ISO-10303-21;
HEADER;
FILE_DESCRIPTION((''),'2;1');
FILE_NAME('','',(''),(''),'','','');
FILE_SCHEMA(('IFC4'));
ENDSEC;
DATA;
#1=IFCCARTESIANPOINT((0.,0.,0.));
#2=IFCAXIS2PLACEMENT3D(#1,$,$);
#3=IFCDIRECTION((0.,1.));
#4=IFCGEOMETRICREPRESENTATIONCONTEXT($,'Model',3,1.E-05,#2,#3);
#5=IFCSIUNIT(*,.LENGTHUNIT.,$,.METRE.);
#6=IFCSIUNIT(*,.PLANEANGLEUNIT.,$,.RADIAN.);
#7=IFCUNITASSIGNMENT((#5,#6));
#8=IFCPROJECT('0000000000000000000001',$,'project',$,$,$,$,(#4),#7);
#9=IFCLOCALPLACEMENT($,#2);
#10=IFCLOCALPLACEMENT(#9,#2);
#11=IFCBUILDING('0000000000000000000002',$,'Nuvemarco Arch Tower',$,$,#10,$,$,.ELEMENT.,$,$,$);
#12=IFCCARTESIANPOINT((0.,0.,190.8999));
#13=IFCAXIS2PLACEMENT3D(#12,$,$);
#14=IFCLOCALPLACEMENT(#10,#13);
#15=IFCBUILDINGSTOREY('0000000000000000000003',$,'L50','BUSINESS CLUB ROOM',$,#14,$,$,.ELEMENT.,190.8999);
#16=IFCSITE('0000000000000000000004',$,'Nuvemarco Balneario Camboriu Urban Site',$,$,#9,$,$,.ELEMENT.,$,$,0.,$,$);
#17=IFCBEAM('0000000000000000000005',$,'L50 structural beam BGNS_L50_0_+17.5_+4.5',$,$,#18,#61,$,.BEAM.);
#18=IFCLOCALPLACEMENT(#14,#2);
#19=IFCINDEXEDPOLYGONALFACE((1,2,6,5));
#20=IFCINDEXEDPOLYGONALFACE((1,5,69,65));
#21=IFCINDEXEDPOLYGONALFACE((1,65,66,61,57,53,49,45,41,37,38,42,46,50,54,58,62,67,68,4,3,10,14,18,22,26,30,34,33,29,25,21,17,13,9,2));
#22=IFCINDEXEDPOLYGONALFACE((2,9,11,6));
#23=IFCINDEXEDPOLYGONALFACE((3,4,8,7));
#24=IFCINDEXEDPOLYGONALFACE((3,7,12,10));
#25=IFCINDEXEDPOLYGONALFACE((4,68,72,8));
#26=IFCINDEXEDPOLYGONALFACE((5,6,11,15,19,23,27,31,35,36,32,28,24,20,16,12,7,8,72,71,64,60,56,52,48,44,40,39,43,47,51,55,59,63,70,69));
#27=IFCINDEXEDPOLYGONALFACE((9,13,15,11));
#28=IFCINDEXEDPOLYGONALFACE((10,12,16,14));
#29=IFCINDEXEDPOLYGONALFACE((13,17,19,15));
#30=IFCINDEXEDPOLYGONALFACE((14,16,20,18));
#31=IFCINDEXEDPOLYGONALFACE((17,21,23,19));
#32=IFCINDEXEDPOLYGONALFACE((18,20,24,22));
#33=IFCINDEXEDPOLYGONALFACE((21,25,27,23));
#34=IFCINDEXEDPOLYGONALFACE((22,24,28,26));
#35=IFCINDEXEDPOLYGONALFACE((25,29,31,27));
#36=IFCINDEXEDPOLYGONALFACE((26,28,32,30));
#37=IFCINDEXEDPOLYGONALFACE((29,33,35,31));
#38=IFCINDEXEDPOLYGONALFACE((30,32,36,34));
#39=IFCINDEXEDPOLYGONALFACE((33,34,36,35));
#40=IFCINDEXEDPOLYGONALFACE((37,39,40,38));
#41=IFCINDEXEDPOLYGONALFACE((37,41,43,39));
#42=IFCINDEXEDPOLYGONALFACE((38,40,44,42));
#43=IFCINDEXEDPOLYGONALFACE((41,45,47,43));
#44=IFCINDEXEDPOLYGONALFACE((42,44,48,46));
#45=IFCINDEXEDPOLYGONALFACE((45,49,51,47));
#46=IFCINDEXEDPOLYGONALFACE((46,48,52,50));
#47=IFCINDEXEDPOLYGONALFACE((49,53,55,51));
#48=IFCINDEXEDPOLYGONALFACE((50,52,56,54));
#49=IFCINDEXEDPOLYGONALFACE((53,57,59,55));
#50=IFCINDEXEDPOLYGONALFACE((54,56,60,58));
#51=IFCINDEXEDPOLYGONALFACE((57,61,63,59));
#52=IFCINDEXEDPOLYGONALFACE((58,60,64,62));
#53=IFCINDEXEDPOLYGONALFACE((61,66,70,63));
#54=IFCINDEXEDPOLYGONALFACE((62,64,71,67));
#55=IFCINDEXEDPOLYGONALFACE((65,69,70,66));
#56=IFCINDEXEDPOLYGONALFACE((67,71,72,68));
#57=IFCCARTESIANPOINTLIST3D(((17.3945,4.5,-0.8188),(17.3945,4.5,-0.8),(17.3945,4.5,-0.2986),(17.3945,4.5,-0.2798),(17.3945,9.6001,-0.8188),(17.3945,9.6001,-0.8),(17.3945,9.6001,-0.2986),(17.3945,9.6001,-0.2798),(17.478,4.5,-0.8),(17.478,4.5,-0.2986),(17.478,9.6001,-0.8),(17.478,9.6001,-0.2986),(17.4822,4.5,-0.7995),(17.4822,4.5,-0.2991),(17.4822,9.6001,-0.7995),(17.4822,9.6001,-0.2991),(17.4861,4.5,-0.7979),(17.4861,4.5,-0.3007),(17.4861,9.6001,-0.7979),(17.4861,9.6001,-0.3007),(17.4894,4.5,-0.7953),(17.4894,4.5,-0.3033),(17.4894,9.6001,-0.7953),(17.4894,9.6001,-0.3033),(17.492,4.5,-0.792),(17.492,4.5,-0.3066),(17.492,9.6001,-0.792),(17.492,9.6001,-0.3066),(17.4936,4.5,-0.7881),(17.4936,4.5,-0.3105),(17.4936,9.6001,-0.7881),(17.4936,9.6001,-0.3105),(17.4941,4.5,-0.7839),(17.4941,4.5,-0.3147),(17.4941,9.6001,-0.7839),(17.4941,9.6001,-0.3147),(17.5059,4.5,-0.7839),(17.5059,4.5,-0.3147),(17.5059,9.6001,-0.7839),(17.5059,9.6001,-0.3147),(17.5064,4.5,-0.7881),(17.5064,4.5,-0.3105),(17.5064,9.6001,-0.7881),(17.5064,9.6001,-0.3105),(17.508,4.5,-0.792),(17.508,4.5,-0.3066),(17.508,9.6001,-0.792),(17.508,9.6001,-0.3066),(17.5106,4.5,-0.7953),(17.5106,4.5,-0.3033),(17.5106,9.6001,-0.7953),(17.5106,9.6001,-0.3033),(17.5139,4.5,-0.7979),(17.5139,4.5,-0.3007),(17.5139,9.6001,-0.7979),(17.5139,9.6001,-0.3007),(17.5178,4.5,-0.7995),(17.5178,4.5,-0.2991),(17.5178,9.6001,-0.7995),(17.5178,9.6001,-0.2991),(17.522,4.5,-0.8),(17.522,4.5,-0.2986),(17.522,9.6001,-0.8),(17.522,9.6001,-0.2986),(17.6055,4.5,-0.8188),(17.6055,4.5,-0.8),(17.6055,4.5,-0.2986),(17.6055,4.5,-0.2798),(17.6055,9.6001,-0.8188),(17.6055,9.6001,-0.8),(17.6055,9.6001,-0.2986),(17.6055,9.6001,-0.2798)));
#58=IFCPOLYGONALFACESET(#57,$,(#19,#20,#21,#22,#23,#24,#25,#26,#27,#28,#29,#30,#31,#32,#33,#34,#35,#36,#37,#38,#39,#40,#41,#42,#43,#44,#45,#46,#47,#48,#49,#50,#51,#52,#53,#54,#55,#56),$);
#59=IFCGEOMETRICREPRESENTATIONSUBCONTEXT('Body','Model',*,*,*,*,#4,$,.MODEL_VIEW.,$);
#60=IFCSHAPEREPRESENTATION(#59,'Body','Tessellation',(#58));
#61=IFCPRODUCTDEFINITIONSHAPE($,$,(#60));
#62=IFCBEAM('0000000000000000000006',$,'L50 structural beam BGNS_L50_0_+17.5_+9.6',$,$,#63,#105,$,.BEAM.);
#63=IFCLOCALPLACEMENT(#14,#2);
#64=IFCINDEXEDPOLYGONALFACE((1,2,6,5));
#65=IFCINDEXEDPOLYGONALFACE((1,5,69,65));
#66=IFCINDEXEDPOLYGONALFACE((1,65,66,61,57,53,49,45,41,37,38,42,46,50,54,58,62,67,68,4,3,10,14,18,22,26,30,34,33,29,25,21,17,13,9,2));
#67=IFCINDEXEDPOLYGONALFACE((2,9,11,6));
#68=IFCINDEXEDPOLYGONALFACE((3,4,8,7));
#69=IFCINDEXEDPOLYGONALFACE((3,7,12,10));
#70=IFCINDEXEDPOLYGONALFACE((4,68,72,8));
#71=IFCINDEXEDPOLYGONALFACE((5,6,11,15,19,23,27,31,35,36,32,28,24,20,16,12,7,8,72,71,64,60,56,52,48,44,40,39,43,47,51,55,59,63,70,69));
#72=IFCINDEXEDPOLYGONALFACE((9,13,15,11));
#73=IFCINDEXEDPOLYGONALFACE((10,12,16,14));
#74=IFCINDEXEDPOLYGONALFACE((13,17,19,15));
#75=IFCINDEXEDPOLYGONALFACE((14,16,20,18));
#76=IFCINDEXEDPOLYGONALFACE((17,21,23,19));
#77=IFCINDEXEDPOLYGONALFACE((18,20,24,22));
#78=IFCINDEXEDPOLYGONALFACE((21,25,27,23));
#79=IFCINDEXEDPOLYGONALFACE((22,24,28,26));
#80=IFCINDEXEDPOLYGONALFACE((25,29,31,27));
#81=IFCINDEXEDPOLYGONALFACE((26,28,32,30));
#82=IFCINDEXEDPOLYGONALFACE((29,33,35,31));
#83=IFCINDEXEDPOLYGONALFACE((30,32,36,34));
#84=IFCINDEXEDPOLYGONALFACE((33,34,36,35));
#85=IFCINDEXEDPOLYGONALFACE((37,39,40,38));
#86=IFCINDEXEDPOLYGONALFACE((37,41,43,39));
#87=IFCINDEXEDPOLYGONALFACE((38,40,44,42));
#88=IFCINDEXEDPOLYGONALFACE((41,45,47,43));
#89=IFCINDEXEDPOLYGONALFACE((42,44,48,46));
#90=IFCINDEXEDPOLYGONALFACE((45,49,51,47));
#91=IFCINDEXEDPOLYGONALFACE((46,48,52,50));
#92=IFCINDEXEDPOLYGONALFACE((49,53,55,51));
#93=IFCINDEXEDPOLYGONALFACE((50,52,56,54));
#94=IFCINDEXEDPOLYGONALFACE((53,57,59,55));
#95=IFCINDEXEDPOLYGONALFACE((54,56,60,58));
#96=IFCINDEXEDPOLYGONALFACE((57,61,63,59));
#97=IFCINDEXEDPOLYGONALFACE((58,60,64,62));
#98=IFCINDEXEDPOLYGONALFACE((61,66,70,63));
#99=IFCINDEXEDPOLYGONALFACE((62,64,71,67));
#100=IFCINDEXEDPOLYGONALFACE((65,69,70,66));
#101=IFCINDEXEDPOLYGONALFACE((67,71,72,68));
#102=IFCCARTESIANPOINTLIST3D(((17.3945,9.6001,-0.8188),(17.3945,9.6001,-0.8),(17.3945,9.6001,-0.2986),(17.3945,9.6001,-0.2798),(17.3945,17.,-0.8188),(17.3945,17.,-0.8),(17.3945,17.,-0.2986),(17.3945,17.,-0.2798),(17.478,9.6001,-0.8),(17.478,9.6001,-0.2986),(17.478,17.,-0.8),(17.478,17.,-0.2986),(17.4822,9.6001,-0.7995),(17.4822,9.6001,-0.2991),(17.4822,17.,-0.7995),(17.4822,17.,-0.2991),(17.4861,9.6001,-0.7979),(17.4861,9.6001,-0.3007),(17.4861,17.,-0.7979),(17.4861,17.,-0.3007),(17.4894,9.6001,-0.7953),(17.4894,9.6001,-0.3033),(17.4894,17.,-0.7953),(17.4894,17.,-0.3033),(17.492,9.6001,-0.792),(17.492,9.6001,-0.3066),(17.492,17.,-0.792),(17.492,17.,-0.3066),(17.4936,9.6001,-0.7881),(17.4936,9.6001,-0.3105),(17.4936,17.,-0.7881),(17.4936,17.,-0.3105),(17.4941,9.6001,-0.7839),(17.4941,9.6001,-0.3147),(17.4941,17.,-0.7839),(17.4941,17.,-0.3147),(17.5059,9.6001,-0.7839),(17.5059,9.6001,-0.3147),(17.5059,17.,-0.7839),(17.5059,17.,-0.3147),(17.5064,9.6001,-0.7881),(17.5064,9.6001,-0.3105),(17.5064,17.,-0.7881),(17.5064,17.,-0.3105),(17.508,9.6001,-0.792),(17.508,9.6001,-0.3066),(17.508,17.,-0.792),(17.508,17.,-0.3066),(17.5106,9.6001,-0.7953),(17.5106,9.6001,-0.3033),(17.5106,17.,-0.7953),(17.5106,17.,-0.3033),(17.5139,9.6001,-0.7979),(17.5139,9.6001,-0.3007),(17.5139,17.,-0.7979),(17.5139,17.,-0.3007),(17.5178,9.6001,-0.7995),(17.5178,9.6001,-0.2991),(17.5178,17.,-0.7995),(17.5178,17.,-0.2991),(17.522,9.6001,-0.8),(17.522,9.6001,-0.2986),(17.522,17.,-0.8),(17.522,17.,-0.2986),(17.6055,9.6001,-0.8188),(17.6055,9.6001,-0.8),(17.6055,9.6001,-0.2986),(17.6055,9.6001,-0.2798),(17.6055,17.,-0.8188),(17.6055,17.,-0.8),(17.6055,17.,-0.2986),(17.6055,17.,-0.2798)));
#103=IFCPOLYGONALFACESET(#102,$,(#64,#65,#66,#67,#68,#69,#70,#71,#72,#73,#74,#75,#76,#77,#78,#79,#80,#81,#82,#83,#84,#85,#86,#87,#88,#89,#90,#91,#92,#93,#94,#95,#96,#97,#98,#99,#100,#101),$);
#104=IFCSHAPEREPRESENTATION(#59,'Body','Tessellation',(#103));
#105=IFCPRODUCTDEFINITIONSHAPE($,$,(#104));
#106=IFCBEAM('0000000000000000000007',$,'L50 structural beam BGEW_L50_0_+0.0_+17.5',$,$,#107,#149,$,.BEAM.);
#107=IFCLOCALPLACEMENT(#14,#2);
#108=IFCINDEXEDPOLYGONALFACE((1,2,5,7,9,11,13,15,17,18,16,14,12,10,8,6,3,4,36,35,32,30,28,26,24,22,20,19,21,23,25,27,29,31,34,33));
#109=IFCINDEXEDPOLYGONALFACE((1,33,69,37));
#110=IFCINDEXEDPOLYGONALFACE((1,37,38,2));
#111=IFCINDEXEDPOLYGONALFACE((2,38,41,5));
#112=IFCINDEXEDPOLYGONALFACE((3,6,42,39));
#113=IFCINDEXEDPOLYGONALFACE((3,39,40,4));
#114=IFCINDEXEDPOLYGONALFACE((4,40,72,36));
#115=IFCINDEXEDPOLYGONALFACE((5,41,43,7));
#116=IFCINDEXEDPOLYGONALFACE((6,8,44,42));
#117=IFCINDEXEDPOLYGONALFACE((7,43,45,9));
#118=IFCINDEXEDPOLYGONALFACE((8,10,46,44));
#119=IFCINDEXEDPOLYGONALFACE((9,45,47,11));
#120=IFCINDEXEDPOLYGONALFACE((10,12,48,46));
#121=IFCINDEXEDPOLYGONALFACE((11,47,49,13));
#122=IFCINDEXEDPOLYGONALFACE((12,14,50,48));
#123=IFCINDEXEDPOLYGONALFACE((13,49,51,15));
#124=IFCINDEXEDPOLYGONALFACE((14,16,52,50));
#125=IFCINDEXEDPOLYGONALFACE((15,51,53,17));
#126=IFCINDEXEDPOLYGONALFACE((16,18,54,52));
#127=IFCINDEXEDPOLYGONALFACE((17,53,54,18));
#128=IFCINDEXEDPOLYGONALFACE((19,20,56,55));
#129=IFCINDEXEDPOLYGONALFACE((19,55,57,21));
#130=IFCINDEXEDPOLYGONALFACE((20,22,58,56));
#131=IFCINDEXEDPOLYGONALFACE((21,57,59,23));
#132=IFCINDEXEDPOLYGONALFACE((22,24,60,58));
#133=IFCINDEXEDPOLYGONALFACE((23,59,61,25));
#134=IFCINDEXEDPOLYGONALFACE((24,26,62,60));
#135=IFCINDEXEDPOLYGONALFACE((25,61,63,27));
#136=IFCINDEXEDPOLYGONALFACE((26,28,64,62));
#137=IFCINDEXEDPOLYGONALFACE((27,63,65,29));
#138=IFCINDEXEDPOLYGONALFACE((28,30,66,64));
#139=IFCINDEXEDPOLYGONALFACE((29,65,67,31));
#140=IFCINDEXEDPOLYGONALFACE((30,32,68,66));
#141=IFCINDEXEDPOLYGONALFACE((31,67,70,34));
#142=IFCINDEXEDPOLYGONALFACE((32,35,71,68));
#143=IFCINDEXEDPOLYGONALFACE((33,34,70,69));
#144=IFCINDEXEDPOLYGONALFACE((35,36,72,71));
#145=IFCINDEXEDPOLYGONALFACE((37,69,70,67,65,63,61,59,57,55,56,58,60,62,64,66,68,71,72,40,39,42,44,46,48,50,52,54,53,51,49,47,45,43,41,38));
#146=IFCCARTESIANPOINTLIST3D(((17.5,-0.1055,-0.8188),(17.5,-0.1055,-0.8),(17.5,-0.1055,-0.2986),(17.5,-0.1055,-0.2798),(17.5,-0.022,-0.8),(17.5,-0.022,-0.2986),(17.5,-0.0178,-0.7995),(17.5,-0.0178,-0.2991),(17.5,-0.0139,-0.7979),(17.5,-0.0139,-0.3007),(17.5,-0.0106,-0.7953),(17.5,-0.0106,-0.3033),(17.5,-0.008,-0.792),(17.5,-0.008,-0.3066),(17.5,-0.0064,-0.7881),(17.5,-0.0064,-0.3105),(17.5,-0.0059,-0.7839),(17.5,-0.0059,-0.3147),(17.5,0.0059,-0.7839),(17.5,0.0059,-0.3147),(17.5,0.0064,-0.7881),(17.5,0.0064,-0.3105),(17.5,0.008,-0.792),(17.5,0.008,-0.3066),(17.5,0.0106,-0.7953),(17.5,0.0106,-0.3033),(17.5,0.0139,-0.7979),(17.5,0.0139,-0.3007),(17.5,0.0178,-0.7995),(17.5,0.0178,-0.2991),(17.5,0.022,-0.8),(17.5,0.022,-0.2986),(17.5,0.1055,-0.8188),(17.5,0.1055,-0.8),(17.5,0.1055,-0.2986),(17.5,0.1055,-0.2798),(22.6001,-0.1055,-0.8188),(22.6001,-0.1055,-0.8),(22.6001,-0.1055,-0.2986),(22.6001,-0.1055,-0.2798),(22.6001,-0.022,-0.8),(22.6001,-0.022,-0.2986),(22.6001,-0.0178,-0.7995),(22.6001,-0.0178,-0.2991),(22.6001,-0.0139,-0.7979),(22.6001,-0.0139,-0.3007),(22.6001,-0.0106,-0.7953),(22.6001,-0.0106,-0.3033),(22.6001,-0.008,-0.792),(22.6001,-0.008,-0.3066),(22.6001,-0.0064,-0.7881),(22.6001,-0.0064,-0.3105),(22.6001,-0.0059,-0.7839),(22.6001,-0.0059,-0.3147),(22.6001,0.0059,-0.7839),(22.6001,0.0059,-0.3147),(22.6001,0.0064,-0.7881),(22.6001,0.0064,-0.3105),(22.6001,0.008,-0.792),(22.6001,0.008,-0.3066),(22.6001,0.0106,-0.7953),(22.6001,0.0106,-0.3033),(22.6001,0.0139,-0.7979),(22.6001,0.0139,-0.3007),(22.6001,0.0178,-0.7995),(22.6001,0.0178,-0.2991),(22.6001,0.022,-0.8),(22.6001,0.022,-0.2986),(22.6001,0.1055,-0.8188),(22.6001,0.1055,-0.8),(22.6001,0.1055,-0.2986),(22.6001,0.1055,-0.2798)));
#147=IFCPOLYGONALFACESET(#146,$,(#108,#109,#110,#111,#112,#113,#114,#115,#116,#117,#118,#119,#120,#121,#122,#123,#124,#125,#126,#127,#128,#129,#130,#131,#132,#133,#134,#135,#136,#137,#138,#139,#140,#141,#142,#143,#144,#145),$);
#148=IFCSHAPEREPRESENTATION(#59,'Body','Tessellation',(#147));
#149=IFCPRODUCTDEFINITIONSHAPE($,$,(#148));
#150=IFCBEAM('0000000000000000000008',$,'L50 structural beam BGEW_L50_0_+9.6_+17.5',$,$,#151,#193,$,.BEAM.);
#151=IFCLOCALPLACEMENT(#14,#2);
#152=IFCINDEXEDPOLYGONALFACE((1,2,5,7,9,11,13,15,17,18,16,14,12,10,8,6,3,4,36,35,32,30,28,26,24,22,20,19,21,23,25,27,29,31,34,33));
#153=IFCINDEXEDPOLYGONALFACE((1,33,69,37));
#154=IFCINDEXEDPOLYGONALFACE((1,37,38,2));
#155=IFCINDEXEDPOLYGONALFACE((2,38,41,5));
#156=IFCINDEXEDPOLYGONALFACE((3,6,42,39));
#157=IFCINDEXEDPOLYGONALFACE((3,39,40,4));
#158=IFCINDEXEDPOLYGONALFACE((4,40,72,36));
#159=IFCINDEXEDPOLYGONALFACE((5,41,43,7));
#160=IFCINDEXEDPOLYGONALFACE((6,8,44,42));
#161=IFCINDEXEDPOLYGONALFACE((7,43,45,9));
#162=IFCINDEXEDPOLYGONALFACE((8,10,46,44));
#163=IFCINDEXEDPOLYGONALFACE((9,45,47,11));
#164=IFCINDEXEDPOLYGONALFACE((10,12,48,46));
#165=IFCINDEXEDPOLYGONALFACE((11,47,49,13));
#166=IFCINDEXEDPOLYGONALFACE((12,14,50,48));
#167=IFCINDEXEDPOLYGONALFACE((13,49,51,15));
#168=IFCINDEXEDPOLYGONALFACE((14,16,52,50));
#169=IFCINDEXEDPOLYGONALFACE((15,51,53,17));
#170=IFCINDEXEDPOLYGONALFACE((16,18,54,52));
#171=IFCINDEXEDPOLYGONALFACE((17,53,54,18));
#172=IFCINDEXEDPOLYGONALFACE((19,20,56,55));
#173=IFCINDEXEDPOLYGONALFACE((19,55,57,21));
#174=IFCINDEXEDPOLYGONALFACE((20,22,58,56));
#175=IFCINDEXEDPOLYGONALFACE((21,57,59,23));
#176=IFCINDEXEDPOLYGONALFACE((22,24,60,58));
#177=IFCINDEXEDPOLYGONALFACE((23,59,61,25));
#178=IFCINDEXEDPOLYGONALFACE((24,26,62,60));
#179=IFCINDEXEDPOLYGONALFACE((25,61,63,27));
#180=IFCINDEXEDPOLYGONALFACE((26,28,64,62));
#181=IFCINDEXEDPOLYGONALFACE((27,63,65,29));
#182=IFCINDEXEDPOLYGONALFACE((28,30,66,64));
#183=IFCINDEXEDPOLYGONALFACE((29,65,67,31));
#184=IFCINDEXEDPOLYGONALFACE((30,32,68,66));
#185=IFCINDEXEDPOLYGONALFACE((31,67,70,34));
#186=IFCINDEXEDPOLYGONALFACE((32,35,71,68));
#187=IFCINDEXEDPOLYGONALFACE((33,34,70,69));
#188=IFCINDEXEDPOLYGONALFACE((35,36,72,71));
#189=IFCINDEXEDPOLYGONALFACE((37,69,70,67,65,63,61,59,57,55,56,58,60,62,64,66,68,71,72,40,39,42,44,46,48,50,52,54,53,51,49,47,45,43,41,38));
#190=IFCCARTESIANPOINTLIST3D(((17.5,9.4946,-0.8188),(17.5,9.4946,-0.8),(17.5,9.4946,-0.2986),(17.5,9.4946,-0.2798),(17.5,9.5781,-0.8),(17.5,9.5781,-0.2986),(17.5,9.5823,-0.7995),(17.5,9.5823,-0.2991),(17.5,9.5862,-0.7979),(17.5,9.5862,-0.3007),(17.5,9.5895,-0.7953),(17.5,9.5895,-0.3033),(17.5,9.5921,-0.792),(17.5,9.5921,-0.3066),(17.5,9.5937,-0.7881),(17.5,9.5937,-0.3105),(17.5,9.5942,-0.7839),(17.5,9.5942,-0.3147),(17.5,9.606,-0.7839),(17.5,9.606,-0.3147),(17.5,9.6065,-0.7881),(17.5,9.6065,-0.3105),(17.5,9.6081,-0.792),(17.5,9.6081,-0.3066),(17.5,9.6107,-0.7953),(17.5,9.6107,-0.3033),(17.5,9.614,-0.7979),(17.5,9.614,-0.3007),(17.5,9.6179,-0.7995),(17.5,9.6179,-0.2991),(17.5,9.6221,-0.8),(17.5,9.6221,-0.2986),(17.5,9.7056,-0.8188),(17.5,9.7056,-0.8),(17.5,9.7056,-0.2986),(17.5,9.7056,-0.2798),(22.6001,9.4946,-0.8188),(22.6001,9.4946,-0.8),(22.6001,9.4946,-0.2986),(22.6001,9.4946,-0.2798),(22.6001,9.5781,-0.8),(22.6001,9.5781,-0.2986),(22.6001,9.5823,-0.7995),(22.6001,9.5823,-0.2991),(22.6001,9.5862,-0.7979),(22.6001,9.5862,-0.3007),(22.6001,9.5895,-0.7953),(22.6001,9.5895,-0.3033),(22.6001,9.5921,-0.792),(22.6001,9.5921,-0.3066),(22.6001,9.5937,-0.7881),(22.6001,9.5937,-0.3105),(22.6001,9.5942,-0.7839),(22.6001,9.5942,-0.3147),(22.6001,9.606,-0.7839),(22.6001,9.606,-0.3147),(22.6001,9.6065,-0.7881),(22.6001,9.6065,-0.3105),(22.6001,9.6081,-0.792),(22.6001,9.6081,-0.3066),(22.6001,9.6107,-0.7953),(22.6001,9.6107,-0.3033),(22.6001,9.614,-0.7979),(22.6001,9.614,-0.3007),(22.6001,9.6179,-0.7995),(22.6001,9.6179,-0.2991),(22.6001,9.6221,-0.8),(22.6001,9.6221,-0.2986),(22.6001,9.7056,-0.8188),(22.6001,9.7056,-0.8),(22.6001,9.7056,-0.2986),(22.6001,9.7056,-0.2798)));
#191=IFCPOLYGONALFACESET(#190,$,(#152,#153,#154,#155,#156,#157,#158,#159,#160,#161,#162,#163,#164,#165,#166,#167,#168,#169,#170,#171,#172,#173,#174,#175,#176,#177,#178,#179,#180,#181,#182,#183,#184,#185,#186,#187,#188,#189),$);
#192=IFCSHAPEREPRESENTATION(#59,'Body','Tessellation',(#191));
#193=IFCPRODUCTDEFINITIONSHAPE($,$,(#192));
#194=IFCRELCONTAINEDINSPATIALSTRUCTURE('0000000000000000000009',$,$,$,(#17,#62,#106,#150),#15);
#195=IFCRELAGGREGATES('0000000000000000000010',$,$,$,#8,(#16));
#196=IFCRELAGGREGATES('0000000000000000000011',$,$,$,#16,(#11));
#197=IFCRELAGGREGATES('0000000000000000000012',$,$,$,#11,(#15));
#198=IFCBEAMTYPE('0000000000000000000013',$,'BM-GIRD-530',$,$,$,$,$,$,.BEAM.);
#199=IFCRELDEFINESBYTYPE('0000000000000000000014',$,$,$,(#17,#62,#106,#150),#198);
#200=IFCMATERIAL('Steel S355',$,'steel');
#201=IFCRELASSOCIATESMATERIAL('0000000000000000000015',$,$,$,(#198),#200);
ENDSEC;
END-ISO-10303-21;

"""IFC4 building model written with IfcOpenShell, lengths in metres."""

from ifc_helpers import new_model, si_unit, direction, frame, origin, origin_2d, place, context, subcontext, project, spatial, i_section, extrude, material, material_profile, profile_set, type_object, element, save


model = new_model("IFC4")

# Units and contexts
model_context = context("Model", 3, precision=1e-05, world=origin(), true_north=direction((0.0, 1.0)))
body_context = subcontext(model_context, "Body", "Model", "MODEL_VIEW")
ifc_project = project(units=[si_unit("LENGTHUNIT", "METRE"), si_unit("PLANEANGLEUNIT", "RADIAN")], contexts=[model_context])

# Site, building, storey
site_placement = place(None, origin())
site = spatial("IfcSite", under=ifc_project, at=site_placement, Name="Nuvemarco Balneario Camboriu Urban Site", CompositionType="ELEMENT", RefElevation=0.0)
building_placement = place(site_placement, origin())
building = spatial("IfcBuilding", under=site, at=building_placement, Name="Nuvemarco Arch Tower", CompositionType="ELEMENT")
storey_placement = place(building_placement, frame((0.0, 0.0, 190.8999)))
storey = spatial("IfcBuildingStorey", under=building, at=storey_placement, Name="L50", Description="BUSINESS CLUB ROOM", CompositionType="ELEMENT", Elevation=190.8999)

# Shared definitions
ifc_material_1 = material(Name="Steel S355", Category="steel")

# Beams
ifc_material_profile_1 = material_profile(ifc_material_1, i_section(OverallWidth=0.2109, OverallDepth=0.5391, WebThickness=0.0117, FlangeThickness=0.0188, FilletRadius=0.0161, at=origin_2d()), Name="W530x109")
ifc_profile_set_1 = profile_set([ifc_material_profile_1], Name="Steel S355")
beam_type_1 = type_object("IfcBeamType", Name="BM-GIRD-530", PredefinedType="BEAM", material=ifc_profile_set_1)
beam_1_placement = place(storey_placement, frame((17.5, 4.5, -0.5493), z_axis=(0.0, 1.0, 0.0), x_axis=(-1.0, 0.0, 0.0)))
element("IfcBeam", 1, at=beam_1_placement, inside=storey, type_object=beam_type_1, Name="L50 structural beam BGNS_L50_0_+17.5_+4.5", PredefinedType="BEAM", context=body_context, shape_type="SweptSolid", body=[
    extrude(i_section(OverallWidth=0.2109, OverallDepth=0.5391, WebThickness=0.0117, FlangeThickness=0.0188, FilletRadius=0.0161, at=origin_2d()), origin(), (0.0, 0.0, 1.0), 5.1001),
])
beam_2_placement = place(storey_placement, frame((17.5, 9.6001, -0.5493), z_axis=(0.0, 1.0, 0.0), x_axis=(-1.0, 0.0, 0.0)))
element("IfcBeam", 2, at=beam_2_placement, inside=storey, type_object=beam_type_1, Name="L50 structural beam BGNS_L50_0_+17.5_+9.6", PredefinedType="BEAM", context=body_context, shape_type="SweptSolid", body=[
    extrude(i_section(OverallWidth=0.2109, OverallDepth=0.5391, WebThickness=0.0117, FlangeThickness=0.0188, FilletRadius=0.0161, at=origin_2d()), origin(), (0.0, 0.0, 1.0), 7.3999),
])
for number, where, z_axis, x_axis, name in (
    (3, (17.5, 0.0, -0.5493), (1.0, 0.0, 0.0), (0.0, 1.0, 0.0), "L50 structural beam BGEW_L50_0_+0.0_+17.5"),
    (4, (17.5, 9.6001, -0.5493), (1.0, 0.0, 0.0), (0.0, 1.0, 0.0), "L50 structural beam BGEW_L50_0_+9.6_+17.5"),
):
    element("IfcBeam", number, at=place(storey_placement, frame(where, z_axis=z_axis, x_axis=x_axis)), inside=storey, type_object=beam_type_1, Name=name, PredefinedType="BEAM", context=body_context, shape_type="SweptSolid", body=[
        extrude(i_section(OverallWidth=0.2109, OverallDepth=0.5391, WebThickness=0.0117, FlangeThickness=0.0188, FilletRadius=0.0161, at=origin_2d()), origin(), (0.0, 0.0, 1.0), 5.1001),
    ])

save(model, "model.ifc")
